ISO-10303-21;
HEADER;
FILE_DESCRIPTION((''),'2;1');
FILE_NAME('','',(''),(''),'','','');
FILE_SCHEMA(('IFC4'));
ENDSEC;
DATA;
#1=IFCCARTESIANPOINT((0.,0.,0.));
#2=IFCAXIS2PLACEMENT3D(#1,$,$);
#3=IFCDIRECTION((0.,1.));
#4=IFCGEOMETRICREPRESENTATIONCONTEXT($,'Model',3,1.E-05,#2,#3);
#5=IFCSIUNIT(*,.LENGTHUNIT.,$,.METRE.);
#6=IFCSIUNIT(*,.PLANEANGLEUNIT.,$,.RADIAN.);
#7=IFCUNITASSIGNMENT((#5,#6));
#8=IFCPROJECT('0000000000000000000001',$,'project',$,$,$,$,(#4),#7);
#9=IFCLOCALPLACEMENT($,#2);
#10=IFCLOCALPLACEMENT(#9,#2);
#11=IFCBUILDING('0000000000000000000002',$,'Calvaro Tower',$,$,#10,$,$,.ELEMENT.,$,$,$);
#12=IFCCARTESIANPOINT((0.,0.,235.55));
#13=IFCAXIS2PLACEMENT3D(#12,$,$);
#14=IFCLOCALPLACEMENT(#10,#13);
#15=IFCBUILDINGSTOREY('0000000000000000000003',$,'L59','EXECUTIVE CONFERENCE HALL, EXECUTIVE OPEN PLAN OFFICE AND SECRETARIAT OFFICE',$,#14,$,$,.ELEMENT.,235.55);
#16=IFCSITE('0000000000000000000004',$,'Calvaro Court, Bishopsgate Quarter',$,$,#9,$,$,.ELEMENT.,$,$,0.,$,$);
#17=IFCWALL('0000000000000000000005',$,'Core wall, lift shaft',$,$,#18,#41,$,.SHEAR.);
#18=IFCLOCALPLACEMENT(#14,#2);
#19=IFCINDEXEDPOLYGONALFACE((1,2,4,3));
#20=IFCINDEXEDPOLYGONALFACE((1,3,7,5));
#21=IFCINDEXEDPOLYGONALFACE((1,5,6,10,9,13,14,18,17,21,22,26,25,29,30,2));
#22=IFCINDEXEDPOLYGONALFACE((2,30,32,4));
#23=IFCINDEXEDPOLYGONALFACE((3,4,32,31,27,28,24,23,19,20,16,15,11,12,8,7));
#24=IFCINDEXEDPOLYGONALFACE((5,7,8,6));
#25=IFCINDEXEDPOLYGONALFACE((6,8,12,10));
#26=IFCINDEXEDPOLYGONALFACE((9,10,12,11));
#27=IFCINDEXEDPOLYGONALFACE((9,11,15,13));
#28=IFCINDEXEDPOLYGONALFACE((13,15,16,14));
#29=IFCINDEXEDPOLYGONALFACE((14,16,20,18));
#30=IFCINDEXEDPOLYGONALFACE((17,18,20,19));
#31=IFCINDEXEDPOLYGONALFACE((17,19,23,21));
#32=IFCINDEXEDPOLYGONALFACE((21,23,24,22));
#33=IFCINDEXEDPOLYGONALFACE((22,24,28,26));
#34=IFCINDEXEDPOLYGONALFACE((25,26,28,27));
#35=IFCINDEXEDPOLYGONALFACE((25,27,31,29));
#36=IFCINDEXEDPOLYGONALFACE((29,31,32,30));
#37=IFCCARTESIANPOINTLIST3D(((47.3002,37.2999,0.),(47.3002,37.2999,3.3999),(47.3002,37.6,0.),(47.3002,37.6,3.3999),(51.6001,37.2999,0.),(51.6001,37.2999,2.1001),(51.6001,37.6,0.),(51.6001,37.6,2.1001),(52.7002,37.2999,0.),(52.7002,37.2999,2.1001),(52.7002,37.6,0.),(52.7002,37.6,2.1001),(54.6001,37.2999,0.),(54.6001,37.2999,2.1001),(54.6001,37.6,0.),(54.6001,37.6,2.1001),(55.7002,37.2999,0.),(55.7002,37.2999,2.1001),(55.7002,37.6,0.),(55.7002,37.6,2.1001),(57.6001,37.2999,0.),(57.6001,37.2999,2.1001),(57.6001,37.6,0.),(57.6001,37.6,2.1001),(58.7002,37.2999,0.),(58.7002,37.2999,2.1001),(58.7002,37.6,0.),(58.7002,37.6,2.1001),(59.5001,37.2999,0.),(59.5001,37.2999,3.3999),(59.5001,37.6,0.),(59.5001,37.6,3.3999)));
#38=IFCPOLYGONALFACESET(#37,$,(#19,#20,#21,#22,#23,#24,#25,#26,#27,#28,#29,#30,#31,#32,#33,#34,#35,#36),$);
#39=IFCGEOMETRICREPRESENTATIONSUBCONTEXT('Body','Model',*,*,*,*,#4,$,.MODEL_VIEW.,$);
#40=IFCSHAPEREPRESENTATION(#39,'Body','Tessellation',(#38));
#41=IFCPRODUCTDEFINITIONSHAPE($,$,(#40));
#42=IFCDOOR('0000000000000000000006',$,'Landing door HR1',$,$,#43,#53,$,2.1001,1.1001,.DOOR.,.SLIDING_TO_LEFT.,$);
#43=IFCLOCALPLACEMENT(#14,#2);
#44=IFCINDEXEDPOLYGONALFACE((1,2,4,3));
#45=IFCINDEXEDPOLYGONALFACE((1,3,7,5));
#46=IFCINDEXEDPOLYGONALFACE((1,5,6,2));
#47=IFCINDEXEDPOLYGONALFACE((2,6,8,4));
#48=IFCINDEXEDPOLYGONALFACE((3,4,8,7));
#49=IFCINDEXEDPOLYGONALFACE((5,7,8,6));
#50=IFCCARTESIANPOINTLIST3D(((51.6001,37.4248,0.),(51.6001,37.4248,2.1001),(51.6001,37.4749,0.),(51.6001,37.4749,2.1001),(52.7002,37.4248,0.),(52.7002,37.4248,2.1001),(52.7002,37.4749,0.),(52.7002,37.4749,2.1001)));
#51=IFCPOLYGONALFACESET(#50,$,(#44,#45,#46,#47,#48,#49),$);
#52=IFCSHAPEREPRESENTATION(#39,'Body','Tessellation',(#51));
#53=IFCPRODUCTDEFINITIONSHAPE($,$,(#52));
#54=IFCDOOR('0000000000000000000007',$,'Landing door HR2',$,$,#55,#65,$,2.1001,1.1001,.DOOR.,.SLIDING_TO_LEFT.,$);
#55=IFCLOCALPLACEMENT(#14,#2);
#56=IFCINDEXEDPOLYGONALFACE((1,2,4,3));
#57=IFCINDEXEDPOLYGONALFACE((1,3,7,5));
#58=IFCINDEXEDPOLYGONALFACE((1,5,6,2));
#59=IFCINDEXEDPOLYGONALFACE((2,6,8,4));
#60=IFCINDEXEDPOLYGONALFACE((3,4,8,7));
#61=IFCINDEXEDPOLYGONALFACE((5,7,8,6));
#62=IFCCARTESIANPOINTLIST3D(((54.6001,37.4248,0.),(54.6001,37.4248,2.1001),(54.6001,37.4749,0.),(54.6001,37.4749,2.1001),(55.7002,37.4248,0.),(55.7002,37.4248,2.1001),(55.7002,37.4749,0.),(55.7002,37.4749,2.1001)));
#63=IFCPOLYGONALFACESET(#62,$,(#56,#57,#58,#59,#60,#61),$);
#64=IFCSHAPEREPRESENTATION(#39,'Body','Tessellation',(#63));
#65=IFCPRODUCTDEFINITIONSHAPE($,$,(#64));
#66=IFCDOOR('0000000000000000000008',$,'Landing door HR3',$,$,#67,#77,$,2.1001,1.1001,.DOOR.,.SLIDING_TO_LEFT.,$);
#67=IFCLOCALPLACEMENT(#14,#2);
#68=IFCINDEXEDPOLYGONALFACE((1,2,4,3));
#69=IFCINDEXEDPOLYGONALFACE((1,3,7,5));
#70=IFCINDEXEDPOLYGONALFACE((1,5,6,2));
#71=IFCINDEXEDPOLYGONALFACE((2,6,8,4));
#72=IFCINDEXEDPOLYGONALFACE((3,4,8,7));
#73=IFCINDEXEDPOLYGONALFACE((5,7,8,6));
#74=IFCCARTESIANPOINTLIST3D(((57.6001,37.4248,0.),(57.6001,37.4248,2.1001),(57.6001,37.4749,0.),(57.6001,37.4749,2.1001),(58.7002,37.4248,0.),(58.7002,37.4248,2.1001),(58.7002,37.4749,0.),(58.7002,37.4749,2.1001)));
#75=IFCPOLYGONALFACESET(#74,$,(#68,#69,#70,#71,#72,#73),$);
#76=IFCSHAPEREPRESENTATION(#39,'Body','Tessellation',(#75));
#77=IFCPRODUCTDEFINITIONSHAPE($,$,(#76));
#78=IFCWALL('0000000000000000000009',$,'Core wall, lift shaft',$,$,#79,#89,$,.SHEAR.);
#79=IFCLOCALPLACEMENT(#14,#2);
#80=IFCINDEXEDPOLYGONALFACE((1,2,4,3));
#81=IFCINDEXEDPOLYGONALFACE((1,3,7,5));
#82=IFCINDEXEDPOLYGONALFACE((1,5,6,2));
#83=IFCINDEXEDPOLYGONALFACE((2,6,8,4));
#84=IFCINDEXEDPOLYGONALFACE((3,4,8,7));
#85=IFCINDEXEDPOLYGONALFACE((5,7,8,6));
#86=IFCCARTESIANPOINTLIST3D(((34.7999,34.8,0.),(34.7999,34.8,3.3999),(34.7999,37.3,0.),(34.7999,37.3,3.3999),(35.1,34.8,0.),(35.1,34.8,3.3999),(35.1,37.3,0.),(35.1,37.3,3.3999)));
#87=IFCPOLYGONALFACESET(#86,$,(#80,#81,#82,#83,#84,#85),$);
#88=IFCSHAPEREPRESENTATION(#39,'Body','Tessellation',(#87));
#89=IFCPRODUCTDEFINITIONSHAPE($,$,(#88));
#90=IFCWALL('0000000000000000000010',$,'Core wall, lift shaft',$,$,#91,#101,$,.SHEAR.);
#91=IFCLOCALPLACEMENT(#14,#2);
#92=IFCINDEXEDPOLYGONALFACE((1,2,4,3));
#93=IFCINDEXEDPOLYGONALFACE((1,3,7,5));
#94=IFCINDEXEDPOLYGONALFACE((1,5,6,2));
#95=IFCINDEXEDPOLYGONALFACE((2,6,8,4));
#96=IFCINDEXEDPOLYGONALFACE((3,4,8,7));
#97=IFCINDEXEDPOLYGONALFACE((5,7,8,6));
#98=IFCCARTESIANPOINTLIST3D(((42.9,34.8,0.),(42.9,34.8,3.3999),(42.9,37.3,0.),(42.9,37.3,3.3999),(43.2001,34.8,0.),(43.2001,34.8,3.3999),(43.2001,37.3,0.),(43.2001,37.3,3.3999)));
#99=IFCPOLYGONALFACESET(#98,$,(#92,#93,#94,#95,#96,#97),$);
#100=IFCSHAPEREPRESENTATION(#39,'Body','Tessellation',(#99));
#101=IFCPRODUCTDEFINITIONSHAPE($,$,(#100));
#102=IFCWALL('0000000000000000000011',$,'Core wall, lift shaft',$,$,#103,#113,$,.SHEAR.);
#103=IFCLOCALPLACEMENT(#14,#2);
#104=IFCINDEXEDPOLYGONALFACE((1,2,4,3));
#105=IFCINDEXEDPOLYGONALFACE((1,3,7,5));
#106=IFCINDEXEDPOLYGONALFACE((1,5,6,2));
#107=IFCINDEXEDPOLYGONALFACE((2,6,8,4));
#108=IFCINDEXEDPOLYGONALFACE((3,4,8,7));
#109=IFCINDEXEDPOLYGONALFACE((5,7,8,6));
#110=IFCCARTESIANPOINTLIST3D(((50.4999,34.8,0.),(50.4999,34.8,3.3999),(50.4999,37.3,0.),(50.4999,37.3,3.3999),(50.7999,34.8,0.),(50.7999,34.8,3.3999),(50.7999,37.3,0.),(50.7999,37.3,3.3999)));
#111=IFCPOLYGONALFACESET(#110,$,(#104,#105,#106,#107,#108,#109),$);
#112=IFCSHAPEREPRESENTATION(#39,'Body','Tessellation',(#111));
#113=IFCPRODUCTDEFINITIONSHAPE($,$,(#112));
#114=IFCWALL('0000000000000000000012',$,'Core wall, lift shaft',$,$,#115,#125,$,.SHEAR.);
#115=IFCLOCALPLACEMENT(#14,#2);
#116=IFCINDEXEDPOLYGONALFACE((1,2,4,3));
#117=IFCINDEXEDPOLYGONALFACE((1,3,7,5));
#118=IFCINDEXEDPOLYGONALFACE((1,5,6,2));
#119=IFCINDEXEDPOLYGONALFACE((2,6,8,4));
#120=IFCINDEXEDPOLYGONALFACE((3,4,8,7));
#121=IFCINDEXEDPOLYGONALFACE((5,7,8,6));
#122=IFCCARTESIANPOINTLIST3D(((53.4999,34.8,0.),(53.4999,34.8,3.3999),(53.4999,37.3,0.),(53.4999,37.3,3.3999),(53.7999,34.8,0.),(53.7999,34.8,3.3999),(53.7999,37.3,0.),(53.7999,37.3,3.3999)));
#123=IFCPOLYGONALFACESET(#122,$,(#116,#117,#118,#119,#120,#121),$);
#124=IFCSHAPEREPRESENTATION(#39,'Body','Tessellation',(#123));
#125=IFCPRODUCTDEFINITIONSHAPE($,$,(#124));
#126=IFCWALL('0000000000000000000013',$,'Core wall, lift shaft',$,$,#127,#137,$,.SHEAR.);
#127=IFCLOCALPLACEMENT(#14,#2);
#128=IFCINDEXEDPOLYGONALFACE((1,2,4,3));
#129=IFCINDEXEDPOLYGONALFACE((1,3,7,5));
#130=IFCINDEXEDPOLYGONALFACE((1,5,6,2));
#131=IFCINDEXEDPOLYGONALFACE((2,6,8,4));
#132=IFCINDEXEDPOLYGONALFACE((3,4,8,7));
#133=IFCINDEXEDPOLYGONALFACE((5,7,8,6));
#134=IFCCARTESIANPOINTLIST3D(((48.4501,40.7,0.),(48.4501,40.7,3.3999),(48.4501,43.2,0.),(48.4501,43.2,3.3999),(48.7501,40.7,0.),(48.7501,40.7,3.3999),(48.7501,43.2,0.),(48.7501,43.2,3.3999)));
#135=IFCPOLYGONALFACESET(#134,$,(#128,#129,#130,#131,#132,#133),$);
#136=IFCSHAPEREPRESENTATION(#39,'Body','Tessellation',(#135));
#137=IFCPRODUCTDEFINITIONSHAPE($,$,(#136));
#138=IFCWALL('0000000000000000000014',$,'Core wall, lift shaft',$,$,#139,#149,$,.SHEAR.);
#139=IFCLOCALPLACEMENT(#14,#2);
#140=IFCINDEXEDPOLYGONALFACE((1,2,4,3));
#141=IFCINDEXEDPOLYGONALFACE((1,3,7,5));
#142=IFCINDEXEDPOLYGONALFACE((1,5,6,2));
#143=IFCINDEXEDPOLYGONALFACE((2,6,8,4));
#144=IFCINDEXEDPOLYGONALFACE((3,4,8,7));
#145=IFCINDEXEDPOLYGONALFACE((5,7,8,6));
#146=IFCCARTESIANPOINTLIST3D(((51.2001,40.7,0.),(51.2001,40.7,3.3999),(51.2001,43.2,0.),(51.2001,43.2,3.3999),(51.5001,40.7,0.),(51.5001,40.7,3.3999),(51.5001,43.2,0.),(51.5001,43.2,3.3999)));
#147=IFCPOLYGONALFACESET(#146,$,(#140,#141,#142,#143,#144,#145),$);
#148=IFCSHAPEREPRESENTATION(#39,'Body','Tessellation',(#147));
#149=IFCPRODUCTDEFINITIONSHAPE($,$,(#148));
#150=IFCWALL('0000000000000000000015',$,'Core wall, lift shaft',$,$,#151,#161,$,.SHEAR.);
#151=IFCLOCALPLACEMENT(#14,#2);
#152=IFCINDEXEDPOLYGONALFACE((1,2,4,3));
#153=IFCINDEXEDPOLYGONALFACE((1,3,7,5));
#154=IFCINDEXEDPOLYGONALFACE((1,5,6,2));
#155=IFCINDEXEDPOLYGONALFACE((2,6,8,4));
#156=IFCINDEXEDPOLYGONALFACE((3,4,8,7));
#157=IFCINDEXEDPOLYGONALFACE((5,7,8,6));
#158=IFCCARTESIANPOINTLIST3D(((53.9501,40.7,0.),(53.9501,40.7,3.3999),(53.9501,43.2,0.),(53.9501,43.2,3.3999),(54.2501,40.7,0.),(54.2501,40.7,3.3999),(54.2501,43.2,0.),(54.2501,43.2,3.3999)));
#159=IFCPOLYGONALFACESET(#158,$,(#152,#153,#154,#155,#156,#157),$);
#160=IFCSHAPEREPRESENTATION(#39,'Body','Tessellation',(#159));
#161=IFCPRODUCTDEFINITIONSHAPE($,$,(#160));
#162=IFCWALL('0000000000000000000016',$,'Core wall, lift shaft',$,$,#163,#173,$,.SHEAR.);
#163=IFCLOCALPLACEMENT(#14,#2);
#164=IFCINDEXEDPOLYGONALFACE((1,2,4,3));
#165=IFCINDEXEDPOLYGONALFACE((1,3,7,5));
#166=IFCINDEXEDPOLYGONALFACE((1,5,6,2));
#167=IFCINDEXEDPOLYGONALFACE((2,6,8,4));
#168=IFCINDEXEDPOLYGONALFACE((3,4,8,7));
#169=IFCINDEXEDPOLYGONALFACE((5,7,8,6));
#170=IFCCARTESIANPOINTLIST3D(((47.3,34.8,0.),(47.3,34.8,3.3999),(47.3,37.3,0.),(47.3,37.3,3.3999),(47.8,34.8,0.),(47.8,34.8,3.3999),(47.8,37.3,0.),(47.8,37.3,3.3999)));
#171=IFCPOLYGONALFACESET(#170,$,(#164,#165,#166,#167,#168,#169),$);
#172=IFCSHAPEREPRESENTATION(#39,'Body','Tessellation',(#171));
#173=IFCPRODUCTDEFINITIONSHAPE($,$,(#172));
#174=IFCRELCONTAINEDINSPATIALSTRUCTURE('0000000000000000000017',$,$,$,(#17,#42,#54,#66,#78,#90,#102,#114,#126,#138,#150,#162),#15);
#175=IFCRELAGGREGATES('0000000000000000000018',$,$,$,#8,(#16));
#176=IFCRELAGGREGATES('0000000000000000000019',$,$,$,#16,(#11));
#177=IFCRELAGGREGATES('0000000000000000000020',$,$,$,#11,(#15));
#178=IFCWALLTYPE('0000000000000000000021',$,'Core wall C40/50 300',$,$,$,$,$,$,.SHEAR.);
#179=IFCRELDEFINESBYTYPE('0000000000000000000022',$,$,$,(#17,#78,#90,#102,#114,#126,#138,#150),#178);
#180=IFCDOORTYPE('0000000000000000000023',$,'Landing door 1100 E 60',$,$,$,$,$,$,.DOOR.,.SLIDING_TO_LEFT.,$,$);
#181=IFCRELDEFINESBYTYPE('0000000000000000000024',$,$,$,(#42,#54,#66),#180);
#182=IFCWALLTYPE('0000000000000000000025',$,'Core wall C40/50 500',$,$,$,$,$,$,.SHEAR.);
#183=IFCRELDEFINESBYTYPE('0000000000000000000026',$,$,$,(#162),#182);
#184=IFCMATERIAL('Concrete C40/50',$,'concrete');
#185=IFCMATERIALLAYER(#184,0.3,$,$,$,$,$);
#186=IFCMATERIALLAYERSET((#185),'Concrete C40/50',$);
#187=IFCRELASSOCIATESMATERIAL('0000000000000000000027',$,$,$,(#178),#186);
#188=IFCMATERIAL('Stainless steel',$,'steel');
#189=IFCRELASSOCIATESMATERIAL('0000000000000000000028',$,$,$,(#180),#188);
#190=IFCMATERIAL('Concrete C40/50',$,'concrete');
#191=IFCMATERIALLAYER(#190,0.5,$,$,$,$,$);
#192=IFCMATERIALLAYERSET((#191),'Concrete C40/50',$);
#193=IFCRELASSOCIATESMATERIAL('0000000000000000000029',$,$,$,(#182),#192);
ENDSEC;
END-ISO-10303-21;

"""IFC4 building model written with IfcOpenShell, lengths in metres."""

from ifc_helpers import new_model, si_unit, direction, frame, frame_2d, origin, place, context, subcontext, project, spatial, rectangle, extrude, material, layer, layer_set, type_object, element, fill, save


model = new_model("IFC4")

# Units and contexts
model_context = context("Model", 3, precision=1e-05, world=origin(), true_north=direction((0.0, 1.0)))
body_context = subcontext(model_context, "Body", "Model", "MODEL_VIEW")
ifc_project = project(units=[si_unit("LENGTHUNIT", "METRE"), si_unit("PLANEANGLEUNIT", "RADIAN")], contexts=[model_context])

# Site, building, storey
site_placement = place(None, origin())
site = spatial("IfcSite", under=ifc_project, at=site_placement, Name="Calvaro Court, Bishopsgate Quarter", CompositionType="ELEMENT", RefElevation=0.0)
building_placement = place(site_placement, origin())
building = spatial("IfcBuilding", under=site, at=building_placement, Name="Calvaro Tower", CompositionType="ELEMENT")
storey_placement = place(building_placement, frame((0.0, 0.0, 235.55)))
storey = spatial("IfcBuildingStorey", under=building, at=storey_placement, Name="L59", Description="EXECUTIVE CONFERENCE HALL, EXECUTIVE OPEN PLAN OFFICE AND SECRETARIAT OFFICE", CompositionType="ELEMENT", Elevation=235.55)

# Shared definitions
ifc_material_1 = material(Name="Concrete C40/50", Category="concrete")
ifc_layer_1 = layer(ifc_material_1, 0.3)
ifc_layer_set_1 = layer_set([ifc_layer_1], Name="Concrete C40/50")
wall_type_1 = type_object("IfcWallType", Name="Core wall C40/50 300", PredefinedType="SHEAR", material=ifc_layer_set_1)

# Shared definitions
ifc_material_2 = material(Name="Stainless steel", Category="steel")
door_type_1 = type_object("IfcDoorType", Name="Landing door 1100 E 60", OperationType="SLIDING_TO_LEFT", PredefinedType="DOOR", material=ifc_material_2)

# Wall, openings, doors
wall_1_placement = place(storey_placement, frame((47.3, 37.45, 0.0), z_axis=(0.0, 0.0, 1.0), x_axis=(1.0, 0.0, 0.0)))
wall_1 = element("IfcWall", 1, at=wall_1_placement, inside=storey, type_object=wall_type_1, Name="Core wall, lift shaft", PredefinedType="SHEAR", context=body_context, shape_type="SweptSolid", body=[
    extrude(rectangle(XDim=12.2, YDim=0.3, at=frame_2d((6.1001, 0.0))), origin(), (0.0, 0.0, 1.0), 3.3999),
])
opening_1_placement = place(wall_1_placement, frame((4.3, 0.0, 0.0)))
opening_1 = element("IfcOpeningElement", 2, at=opening_1_placement, cuts=wall_1, PredefinedType="OPENING", context=body_context, shape_type="SweptSolid", body=[
    extrude(rectangle(XDim=1.1001, YDim=2.1001, at=frame_2d((0.55, 1.05))), frame((0.0, 0.1599, 0.0), z_axis=(0.0, -1.0, 0.0), x_axis=(1.0, 0.0, 0.0)), (0.0, 0.0, 1.0), 0.3201),
])
opening_2_placement = place(wall_1_placement, frame((7.3, 0.0, 0.0)))
opening_2 = element("IfcOpeningElement", 3, at=opening_2_placement, cuts=wall_1, PredefinedType="OPENING", context=body_context, shape_type="SweptSolid", body=[
    extrude(rectangle(XDim=1.1001, YDim=2.1001, at=frame_2d((0.55, 1.05))), frame((0.0, 0.1599, 0.0), z_axis=(0.0, -1.0, 0.0), x_axis=(1.0, 0.0, 0.0)), (0.0, 0.0, 1.0), 0.3201),
])
opening_3_placement = place(wall_1_placement, frame((10.3, 0.0, 0.0)))
opening_3 = element("IfcOpeningElement", 4, at=opening_3_placement, cuts=wall_1, PredefinedType="OPENING", context=body_context, shape_type="SweptSolid", body=[
    extrude(rectangle(XDim=1.1001, YDim=2.1001, at=frame_2d((0.55, 1.05))), frame((0.0, 0.1599, 0.0), z_axis=(0.0, -1.0, 0.0), x_axis=(1.0, 0.0, 0.0)), (0.0, 0.0, 1.0), 0.3201),
])
door_1_placement = place(opening_1_placement, origin())
door_1 = element("IfcDoor", 5, at=door_1_placement, inside=storey, type_object=door_type_1, Name="Landing door HR1", OperationType="SLIDING_TO_LEFT", OverallHeight=2.1001, OverallWidth=1.1001, PredefinedType="DOOR", context=body_context, shape_type="SweptSolid", body=[
    extrude(rectangle(XDim=1.1001, YDim=2.1001, at=frame_2d((0.55, 1.05))), frame((0.0, 0.0249, 0.0), z_axis=(0.0, -1.0, 0.0), x_axis=(1.0, 0.0, 0.0)), (0.0, 0.0, 1.0), 0.05),
])
fill(opening_1, door_1)
door_2_placement = place(opening_2_placement, origin())
door_2 = element("IfcDoor", 6, at=door_2_placement, inside=storey, type_object=door_type_1, Name="Landing door HR2", OperationType="SLIDING_TO_LEFT", OverallHeight=2.1001, OverallWidth=1.1001, PredefinedType="DOOR", context=body_context, shape_type="SweptSolid", body=[
    extrude(rectangle(XDim=1.1001, YDim=2.1001, at=frame_2d((0.55, 1.05))), frame((0.0, 0.0249, 0.0), z_axis=(0.0, -1.0, 0.0), x_axis=(1.0, 0.0, 0.0)), (0.0, 0.0, 1.0), 0.05),
])
fill(opening_2, door_2)
door_3_placement = place(opening_3_placement, origin())
door_3 = element("IfcDoor", 7, at=door_3_placement, inside=storey, type_object=door_type_1, Name="Landing door HR3", OperationType="SLIDING_TO_LEFT", OverallHeight=2.1001, OverallWidth=1.1001, PredefinedType="DOOR", context=body_context, shape_type="SweptSolid", body=[
    extrude(rectangle(XDim=1.1001, YDim=2.1001, at=frame_2d((0.55, 1.05))), frame((0.0, 0.0249, 0.0), z_axis=(0.0, -1.0, 0.0), x_axis=(1.0, 0.0, 0.0)), (0.0, 0.0, 1.0), 0.05),
])
fill(opening_3, door_3)

# Walls
for number, where, z_axis, x_axis, name in (
    (8, (34.95, 34.8, 0.0), (0.0, 0.0, 1.0), (0.0, 1.0, 0.0), "Core wall, lift shaft"),
    (9, (43.05, 34.8, 0.0), (0.0, 0.0, 1.0), (0.0, 1.0, 0.0), "Core wall, lift shaft"),
    (10, (50.6499, 34.8, 0.0), (0.0, 0.0, 1.0), (0.0, 1.0, 0.0), "Core wall, lift shaft"),
    (11, (53.6499, 34.8, 0.0), (0.0, 0.0, 1.0), (0.0, 1.0, 0.0), "Core wall, lift shaft"),
    (12, (48.6001, 40.7, 0.0), (0.0, 0.0, 1.0), (0.0, 1.0, 0.0), "Core wall, lift shaft"),
    (13, (51.3501, 40.7, 0.0), (0.0, 0.0, 1.0), (0.0, 1.0, 0.0), "Core wall, lift shaft"),
    (14, (54.1001, 40.7, 0.0), (0.0, 0.0, 1.0), (0.0, 1.0, 0.0), "Core wall, lift shaft"),
):
    element("IfcWall", number, at=place(storey_placement, frame(where, z_axis=z_axis, x_axis=x_axis)), inside=storey, type_object=wall_type_1, Name=name, PredefinedType="SHEAR", context=body_context, shape_type="SweptSolid", body=[
        extrude(rectangle(XDim=2.5, YDim=0.3, at=frame_2d((1.25, 0.0))), origin(), (0.0, 0.0, 1.0), 3.3999),
    ])
ifc_material_3 = material(Name="Concrete C40/50", Category="concrete")
ifc_layer_2 = layer(ifc_material_3, 0.5)
ifc_layer_set_2 = layer_set([ifc_layer_2], Name="Concrete C40/50")
wall_type_2 = type_object("IfcWallType", Name="Core wall C40/50 500", PredefinedType="SHEAR", material=ifc_layer_set_2)
wall_2_placement = place(storey_placement, frame((47.55, 34.8, 0.0), z_axis=(0.0, 0.0, 1.0), x_axis=(0.0, 1.0, 0.0)))
element("IfcWall", 15, at=wall_2_placement, inside=storey, type_object=wall_type_2, Name="Core wall, lift shaft", PredefinedType="SHEAR", context=body_context, shape_type="SweptSolid", body=[
    extrude(rectangle(XDim=2.5, YDim=0.5, at=frame_2d((1.25, 0.0))), origin(), (0.0, 0.0, 1.0), 3.3999),
])

save(model, "model.ifc")
